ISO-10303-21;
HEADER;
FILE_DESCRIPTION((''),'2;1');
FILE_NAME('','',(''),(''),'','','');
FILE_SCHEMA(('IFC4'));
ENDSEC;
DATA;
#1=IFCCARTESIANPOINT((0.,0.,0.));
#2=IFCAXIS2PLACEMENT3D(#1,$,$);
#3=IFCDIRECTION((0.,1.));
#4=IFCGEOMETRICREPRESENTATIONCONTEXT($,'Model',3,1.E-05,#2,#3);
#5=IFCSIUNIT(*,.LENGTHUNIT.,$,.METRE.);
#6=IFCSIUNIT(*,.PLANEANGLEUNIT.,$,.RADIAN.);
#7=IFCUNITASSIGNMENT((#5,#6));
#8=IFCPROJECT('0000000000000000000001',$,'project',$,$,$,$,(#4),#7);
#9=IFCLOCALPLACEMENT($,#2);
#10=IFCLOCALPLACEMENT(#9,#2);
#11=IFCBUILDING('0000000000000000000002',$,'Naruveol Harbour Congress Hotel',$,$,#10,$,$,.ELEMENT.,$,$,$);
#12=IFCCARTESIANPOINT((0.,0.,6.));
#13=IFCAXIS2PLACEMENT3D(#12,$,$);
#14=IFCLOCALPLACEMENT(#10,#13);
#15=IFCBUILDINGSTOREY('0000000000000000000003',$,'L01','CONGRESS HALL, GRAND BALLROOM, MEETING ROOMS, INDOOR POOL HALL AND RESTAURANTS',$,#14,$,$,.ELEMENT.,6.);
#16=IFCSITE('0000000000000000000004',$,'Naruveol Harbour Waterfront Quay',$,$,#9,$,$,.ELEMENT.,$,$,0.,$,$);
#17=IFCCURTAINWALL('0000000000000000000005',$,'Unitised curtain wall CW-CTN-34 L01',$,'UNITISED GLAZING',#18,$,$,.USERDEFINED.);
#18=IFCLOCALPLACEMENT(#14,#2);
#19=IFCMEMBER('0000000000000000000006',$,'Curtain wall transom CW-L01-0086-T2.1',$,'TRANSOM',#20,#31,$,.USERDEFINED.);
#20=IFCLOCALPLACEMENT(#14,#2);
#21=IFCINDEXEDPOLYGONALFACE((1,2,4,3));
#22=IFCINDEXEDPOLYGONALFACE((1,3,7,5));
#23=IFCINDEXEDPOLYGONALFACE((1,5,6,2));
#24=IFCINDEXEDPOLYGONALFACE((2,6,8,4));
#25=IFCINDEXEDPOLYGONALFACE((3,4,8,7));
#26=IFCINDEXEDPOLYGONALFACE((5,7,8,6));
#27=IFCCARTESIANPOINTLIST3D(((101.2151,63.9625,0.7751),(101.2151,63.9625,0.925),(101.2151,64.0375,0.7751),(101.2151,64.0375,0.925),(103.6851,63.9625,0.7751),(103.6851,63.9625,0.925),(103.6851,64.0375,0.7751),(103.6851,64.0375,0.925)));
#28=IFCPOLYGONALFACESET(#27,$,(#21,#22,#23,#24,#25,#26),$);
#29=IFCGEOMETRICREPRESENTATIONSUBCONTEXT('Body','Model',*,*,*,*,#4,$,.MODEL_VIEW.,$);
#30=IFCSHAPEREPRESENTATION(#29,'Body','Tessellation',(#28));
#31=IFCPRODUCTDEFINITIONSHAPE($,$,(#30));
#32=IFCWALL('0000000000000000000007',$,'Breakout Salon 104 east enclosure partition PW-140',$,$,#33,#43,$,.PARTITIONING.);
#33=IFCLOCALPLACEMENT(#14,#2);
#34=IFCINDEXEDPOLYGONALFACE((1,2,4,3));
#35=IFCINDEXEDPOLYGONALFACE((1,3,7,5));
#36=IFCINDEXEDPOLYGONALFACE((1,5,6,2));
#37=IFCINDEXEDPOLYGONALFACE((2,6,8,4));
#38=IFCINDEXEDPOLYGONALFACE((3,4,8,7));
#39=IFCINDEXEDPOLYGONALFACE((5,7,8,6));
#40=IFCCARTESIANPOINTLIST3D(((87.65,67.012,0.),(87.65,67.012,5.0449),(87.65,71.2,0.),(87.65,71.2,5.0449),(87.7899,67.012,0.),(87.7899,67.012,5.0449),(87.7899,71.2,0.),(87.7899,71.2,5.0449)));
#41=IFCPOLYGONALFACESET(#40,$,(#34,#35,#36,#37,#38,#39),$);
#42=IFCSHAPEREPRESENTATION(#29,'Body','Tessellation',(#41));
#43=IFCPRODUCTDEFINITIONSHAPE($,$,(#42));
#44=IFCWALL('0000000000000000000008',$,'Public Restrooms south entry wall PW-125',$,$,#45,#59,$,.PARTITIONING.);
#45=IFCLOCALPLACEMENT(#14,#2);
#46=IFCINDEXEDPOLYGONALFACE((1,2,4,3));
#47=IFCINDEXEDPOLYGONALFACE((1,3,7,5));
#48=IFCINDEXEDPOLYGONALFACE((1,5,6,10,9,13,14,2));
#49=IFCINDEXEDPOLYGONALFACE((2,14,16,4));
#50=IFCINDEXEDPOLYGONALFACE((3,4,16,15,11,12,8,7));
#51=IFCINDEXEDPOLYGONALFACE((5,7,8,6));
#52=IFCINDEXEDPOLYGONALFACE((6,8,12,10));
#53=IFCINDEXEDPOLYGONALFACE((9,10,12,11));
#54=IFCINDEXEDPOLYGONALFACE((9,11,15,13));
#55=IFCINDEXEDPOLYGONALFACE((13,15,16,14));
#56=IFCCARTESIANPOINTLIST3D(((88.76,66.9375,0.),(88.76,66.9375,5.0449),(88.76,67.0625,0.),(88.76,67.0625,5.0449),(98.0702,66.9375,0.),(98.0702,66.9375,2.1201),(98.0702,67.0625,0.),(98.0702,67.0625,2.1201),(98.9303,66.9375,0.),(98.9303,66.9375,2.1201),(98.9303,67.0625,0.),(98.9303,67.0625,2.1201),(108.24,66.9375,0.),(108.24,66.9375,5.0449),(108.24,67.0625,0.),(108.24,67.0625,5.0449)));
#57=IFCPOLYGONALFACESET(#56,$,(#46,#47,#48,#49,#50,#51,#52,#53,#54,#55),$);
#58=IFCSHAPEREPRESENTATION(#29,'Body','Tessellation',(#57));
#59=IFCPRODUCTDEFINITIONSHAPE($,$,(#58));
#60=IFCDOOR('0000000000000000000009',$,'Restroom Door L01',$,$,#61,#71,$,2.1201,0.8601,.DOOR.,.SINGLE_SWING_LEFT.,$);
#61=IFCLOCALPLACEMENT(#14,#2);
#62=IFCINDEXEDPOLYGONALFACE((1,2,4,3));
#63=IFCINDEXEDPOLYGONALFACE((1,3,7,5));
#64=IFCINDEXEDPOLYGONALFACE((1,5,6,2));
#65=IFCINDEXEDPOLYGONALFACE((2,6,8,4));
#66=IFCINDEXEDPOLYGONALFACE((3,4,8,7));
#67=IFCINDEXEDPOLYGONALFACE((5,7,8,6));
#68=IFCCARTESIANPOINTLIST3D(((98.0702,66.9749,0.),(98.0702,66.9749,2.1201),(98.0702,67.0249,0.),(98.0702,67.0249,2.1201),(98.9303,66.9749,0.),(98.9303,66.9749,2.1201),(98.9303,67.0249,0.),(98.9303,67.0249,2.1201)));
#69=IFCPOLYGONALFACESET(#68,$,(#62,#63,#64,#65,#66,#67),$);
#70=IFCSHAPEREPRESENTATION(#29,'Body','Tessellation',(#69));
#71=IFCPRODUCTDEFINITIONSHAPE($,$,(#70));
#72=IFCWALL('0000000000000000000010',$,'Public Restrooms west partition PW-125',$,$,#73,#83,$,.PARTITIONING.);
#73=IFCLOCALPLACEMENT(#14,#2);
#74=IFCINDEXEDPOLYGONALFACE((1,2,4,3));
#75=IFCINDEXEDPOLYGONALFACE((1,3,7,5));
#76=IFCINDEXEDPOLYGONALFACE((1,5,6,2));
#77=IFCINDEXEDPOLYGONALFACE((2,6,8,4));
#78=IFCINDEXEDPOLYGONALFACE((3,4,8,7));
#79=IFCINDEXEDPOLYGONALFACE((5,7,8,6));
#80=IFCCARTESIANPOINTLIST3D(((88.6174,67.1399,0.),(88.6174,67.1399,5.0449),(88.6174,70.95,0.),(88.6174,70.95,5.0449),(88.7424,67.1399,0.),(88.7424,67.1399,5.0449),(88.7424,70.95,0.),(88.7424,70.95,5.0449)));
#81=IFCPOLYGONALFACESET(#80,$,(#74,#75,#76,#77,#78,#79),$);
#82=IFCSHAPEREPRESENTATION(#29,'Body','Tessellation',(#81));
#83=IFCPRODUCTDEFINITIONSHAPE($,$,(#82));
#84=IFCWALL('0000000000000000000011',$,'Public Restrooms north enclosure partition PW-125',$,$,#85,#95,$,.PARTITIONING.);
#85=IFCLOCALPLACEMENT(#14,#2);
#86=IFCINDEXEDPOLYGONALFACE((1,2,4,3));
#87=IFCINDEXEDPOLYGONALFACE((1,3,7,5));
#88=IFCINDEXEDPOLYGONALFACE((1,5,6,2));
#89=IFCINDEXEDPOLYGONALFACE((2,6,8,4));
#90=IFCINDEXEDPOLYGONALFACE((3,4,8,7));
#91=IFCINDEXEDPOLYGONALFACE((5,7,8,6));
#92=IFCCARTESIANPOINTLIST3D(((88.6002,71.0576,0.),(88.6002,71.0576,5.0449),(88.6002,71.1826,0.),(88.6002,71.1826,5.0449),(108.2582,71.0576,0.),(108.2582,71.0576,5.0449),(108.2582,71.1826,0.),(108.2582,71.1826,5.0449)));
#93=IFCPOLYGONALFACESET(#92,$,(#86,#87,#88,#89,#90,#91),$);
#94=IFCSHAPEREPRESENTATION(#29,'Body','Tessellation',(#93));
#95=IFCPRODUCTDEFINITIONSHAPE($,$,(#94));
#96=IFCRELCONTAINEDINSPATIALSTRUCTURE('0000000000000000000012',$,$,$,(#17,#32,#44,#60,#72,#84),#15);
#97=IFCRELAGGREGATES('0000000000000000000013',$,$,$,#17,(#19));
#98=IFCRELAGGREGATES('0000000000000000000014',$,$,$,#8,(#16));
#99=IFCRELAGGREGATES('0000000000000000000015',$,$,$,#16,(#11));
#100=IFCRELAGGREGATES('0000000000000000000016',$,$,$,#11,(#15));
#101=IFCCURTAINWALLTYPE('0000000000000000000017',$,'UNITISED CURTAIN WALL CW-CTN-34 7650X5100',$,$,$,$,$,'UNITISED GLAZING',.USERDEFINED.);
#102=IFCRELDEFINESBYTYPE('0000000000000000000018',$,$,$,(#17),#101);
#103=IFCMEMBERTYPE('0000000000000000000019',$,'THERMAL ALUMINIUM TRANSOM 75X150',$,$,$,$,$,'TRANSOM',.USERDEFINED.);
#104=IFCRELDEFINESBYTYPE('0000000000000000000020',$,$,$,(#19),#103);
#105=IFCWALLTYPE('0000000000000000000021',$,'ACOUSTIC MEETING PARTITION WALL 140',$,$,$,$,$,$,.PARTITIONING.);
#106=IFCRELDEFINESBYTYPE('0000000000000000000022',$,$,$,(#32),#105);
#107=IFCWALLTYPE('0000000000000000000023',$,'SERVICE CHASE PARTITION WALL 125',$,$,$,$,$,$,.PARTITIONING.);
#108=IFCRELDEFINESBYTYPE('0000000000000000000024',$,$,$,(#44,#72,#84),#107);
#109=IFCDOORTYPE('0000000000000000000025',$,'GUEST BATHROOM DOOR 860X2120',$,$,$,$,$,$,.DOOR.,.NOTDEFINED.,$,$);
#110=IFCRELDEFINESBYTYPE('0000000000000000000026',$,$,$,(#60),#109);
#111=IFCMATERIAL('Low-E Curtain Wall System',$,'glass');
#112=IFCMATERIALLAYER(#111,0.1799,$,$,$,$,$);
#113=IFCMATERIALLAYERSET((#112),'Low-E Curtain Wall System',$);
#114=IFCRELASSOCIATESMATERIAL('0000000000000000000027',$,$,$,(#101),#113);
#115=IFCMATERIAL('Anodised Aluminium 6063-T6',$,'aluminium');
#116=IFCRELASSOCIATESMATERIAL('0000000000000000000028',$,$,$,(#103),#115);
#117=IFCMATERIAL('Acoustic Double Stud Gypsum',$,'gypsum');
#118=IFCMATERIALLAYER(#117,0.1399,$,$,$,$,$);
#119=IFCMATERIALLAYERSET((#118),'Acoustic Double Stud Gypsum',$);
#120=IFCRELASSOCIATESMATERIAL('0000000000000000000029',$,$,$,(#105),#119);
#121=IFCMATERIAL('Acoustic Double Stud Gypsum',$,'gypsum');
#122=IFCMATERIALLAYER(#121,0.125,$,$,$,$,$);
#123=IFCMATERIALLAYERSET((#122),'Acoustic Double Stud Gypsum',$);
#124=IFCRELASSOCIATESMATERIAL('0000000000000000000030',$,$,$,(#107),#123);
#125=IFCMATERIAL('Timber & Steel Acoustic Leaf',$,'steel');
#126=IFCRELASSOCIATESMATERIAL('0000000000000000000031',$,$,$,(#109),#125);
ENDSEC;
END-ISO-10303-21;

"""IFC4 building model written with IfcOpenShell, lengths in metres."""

from ifc_helpers import new_model, si_unit, direction, frame, frame_2d, origin, origin_2d, place, context, subcontext, project, spatial, rectangle, extrude, material, layer, layer_set, material_profile, profile_set, type_object, element, fill, aggregate, save


model = new_model("IFC4")

# Units and contexts
model_context = context("Model", 3, precision=1e-05, world=origin(), true_north=direction((0.0, 1.0)))
body_context = subcontext(model_context, "Body", "Model", "MODEL_VIEW")
ifc_project = project(units=[si_unit("LENGTHUNIT", "METRE"), si_unit("PLANEANGLEUNIT", "RADIAN")], contexts=[model_context])

# Site, building, storey
site_placement = place(None, origin())
site = spatial("IfcSite", under=ifc_project, at=site_placement, Name="Naruveol Harbour Waterfront Quay", CompositionType="ELEMENT", RefElevation=0.0)
building_placement = place(site_placement, origin())
building = spatial("IfcBuilding", under=site, at=building_placement, Name="Naruveol Harbour Congress Hotel", CompositionType="ELEMENT")
storey_placement = place(building_placement, frame((0.0, 0.0, 6.0)))
storey = spatial("IfcBuildingStorey", under=building, at=storey_placement, Name="L01", Description="CONGRESS HALL, GRAND BALLROOM, MEETING ROOMS, INDOOR POOL HALL AND RESTAURANTS", CompositionType="ELEMENT", Elevation=6.0)

# Shared definitions
ifc_material_1 = material(Name="Low-E Curtain Wall System", Category="glass")
ifc_layer_1 = layer(ifc_material_1, 0.1799)
ifc_layer_set_1 = layer_set([ifc_layer_1], Name="Low-E Curtain Wall System")
curtain_wall_type = type_object("IfcCurtainWallType", Name="UNITISED CURTAIN WALL CW-CTN-34 7650X5100", ElementType="UNITISED GLAZING", PredefinedType="USERDEFINED", material=ifc_layer_set_1)

# Curtain wall
curtain_wall_1_placement = place(storey_placement, origin())
curtain_wall_1 = element("IfcCurtainWall", 1, at=curtain_wall_1_placement, inside=storey, type_object=curtain_wall_type, Name="Unitised curtain wall CW-CTN-34 L01", ObjectType="UNITISED GLAZING", PredefinedType="USERDEFINED")

# Member
ifc_material_2 = material(Name="Anodised Aluminium 6063-T6", Category="aluminium")
ifc_material_profile_1 = material_profile(ifc_material_2, rectangle(XDim=0.075, YDim=0.1499, at=origin_2d()), Name="ALU-75x150")
ifc_profile_set_1 = profile_set([ifc_material_profile_1], Name="Anodised Aluminium 6063-T6")
member_type_1 = type_object("IfcMemberType", Name="THERMAL ALUMINIUM TRANSOM 75X150", ElementType="TRANSOM", PredefinedType="USERDEFINED", material=ifc_profile_set_1)
member_1_placement = place(storey_placement, frame((103.6851, 64.0, 0.8501), z_axis=(-1.0, 0.0, 0.0), x_axis=(0.0, -1.0, 0.0)))
member_1 = element("IfcMember", 2, at=member_1_placement, type_object=member_type_1, Name="Curtain wall transom CW-L01-0086-T2.1", ObjectType="TRANSOM", PredefinedType="USERDEFINED", context=body_context, shape_type="SweptSolid", body=[
    extrude(rectangle(XDim=0.075, YDim=0.1499, at=origin_2d()), origin(), (0.0, 0.0, 1.0), 2.47),
])
aggregate(curtain_wall_1, [member_1])

# Wall
ifc_material_3 = material(Name="Acoustic Double Stud Gypsum", Category="gypsum")
ifc_layer_2 = layer(ifc_material_3, 0.1399)
ifc_layer_set_2 = layer_set([ifc_layer_2], Name="Acoustic Double Stud Gypsum")
wall_type_1 = type_object("IfcWallType", Name="ACOUSTIC MEETING PARTITION WALL 140", PredefinedType="PARTITIONING", material=ifc_layer_set_2)
wall_1_placement = place(storey_placement, frame((87.72, 67.012, 0.0), z_axis=(0.0, 0.0, 1.0), x_axis=(0.0, 1.0, 0.0)))
element("IfcWall", 3, at=wall_1_placement, inside=storey, type_object=wall_type_1, Name="Breakout Salon 104 east enclosure partition PW-140", PredefinedType="PARTITIONING", context=body_context, shape_type="SweptSolid", body=[
    extrude(rectangle(XDim=4.188, YDim=0.1399, at=frame_2d((2.094, 0.0))), origin(), (0.0, 0.0, 1.0), 5.0449),
])

# Wall, opening, door
ifc_material_4 = material(Name="Acoustic Double Stud Gypsum", Category="gypsum")
ifc_layer_3 = layer(ifc_material_4, 0.125)
ifc_layer_set_3 = layer_set([ifc_layer_3], Name="Acoustic Double Stud Gypsum")
wall_type_2 = type_object("IfcWallType", Name="SERVICE CHASE PARTITION WALL 125", PredefinedType="PARTITIONING", material=ifc_layer_set_3)
wall_2_placement = place(storey_placement, frame((88.76, 67.0, 0.0), z_axis=(0.0, 0.0, 1.0), x_axis=(1.0, 0.0, 0.0)))
wall_2 = element("IfcWall", 4, at=wall_2_placement, inside=storey, type_object=wall_type_2, Name="Public Restrooms south entry wall PW-125", PredefinedType="PARTITIONING", context=body_context, shape_type="SweptSolid", body=[
    extrude(rectangle(XDim=19.48, YDim=0.125, at=frame_2d((9.74, 0.0))), origin(), (0.0, 0.0, 1.0), 5.0449),
])
opening_placement = place(wall_2_placement, frame((9.3101, 0.0, 0.0)))
opening = element("IfcOpeningElement", 5, at=opening_placement, cuts=wall_2, PredefinedType="OPENING", context=body_context, shape_type="SweptSolid", body=[
    extrude(rectangle(XDim=0.8601, YDim=2.1201, at=frame_2d((0.4302, 1.0601))), frame((0.0, 0.0725, 0.0), z_axis=(0.0, -1.0, 0.0), x_axis=(1.0, 0.0, 0.0)), (0.0, 0.0, 1.0), 0.145),
])
ifc_material_5 = material(Name="Timber & Steel Acoustic Leaf", Category="steel")
door_type = type_object("IfcDoorType", Name="GUEST BATHROOM DOOR 860X2120", OperationType="NOTDEFINED", PredefinedType="DOOR", material=ifc_material_5)
door_placement = place(opening_placement, origin())
door = element("IfcDoor", 6, at=door_placement, inside=storey, type_object=door_type, Name="Restroom Door L01", OperationType="SINGLE_SWING_LEFT", OverallHeight=2.1201, OverallWidth=0.8601, PredefinedType="DOOR", context=body_context, shape_type="SweptSolid", body=[
    extrude(rectangle(XDim=0.8601, YDim=2.1201, at=frame_2d((0.4302, 1.0601))), frame((0.0, 0.0249, 0.0), z_axis=(0.0, -1.0, 0.0), x_axis=(1.0, 0.0, 0.0)), (0.0, 0.0, 1.0), 0.05),
])
fill(opening, door)

# Walls
wall_3_placement = place(storey_placement, frame((88.6799, 67.1399, 0.0), z_axis=(0.0, 0.0, 1.0), x_axis=(0.0, 1.0, 0.0)))
element("IfcWall", 7, at=wall_3_placement, inside=storey, type_object=wall_type_2, Name="Public Restrooms west partition PW-125", PredefinedType="PARTITIONING", context=body_context, shape_type="SweptSolid", body=[
    extrude(rectangle(XDim=3.8101, YDim=0.125, at=frame_2d((1.905, 0.0))), origin(), (0.0, 0.0, 1.0), 5.0449),
])
wall_4_placement = place(storey_placement, frame((88.6001, 71.1201, 0.0), z_axis=(0.0, 0.0, 1.0), x_axis=(1.0, 0.0, 0.0)))
element("IfcWall", 8, at=wall_4_placement, inside=storey, type_object=wall_type_2, Name="Public Restrooms north enclosure partition PW-125", PredefinedType="PARTITIONING", context=body_context, shape_type="SweptSolid", body=[
    extrude(rectangle(XDim=19.658, YDim=0.125, at=frame_2d((9.8291, 0.0))), origin(), (0.0, 0.0, 1.0), 5.0449),
])

save(model, "model.ifc")
